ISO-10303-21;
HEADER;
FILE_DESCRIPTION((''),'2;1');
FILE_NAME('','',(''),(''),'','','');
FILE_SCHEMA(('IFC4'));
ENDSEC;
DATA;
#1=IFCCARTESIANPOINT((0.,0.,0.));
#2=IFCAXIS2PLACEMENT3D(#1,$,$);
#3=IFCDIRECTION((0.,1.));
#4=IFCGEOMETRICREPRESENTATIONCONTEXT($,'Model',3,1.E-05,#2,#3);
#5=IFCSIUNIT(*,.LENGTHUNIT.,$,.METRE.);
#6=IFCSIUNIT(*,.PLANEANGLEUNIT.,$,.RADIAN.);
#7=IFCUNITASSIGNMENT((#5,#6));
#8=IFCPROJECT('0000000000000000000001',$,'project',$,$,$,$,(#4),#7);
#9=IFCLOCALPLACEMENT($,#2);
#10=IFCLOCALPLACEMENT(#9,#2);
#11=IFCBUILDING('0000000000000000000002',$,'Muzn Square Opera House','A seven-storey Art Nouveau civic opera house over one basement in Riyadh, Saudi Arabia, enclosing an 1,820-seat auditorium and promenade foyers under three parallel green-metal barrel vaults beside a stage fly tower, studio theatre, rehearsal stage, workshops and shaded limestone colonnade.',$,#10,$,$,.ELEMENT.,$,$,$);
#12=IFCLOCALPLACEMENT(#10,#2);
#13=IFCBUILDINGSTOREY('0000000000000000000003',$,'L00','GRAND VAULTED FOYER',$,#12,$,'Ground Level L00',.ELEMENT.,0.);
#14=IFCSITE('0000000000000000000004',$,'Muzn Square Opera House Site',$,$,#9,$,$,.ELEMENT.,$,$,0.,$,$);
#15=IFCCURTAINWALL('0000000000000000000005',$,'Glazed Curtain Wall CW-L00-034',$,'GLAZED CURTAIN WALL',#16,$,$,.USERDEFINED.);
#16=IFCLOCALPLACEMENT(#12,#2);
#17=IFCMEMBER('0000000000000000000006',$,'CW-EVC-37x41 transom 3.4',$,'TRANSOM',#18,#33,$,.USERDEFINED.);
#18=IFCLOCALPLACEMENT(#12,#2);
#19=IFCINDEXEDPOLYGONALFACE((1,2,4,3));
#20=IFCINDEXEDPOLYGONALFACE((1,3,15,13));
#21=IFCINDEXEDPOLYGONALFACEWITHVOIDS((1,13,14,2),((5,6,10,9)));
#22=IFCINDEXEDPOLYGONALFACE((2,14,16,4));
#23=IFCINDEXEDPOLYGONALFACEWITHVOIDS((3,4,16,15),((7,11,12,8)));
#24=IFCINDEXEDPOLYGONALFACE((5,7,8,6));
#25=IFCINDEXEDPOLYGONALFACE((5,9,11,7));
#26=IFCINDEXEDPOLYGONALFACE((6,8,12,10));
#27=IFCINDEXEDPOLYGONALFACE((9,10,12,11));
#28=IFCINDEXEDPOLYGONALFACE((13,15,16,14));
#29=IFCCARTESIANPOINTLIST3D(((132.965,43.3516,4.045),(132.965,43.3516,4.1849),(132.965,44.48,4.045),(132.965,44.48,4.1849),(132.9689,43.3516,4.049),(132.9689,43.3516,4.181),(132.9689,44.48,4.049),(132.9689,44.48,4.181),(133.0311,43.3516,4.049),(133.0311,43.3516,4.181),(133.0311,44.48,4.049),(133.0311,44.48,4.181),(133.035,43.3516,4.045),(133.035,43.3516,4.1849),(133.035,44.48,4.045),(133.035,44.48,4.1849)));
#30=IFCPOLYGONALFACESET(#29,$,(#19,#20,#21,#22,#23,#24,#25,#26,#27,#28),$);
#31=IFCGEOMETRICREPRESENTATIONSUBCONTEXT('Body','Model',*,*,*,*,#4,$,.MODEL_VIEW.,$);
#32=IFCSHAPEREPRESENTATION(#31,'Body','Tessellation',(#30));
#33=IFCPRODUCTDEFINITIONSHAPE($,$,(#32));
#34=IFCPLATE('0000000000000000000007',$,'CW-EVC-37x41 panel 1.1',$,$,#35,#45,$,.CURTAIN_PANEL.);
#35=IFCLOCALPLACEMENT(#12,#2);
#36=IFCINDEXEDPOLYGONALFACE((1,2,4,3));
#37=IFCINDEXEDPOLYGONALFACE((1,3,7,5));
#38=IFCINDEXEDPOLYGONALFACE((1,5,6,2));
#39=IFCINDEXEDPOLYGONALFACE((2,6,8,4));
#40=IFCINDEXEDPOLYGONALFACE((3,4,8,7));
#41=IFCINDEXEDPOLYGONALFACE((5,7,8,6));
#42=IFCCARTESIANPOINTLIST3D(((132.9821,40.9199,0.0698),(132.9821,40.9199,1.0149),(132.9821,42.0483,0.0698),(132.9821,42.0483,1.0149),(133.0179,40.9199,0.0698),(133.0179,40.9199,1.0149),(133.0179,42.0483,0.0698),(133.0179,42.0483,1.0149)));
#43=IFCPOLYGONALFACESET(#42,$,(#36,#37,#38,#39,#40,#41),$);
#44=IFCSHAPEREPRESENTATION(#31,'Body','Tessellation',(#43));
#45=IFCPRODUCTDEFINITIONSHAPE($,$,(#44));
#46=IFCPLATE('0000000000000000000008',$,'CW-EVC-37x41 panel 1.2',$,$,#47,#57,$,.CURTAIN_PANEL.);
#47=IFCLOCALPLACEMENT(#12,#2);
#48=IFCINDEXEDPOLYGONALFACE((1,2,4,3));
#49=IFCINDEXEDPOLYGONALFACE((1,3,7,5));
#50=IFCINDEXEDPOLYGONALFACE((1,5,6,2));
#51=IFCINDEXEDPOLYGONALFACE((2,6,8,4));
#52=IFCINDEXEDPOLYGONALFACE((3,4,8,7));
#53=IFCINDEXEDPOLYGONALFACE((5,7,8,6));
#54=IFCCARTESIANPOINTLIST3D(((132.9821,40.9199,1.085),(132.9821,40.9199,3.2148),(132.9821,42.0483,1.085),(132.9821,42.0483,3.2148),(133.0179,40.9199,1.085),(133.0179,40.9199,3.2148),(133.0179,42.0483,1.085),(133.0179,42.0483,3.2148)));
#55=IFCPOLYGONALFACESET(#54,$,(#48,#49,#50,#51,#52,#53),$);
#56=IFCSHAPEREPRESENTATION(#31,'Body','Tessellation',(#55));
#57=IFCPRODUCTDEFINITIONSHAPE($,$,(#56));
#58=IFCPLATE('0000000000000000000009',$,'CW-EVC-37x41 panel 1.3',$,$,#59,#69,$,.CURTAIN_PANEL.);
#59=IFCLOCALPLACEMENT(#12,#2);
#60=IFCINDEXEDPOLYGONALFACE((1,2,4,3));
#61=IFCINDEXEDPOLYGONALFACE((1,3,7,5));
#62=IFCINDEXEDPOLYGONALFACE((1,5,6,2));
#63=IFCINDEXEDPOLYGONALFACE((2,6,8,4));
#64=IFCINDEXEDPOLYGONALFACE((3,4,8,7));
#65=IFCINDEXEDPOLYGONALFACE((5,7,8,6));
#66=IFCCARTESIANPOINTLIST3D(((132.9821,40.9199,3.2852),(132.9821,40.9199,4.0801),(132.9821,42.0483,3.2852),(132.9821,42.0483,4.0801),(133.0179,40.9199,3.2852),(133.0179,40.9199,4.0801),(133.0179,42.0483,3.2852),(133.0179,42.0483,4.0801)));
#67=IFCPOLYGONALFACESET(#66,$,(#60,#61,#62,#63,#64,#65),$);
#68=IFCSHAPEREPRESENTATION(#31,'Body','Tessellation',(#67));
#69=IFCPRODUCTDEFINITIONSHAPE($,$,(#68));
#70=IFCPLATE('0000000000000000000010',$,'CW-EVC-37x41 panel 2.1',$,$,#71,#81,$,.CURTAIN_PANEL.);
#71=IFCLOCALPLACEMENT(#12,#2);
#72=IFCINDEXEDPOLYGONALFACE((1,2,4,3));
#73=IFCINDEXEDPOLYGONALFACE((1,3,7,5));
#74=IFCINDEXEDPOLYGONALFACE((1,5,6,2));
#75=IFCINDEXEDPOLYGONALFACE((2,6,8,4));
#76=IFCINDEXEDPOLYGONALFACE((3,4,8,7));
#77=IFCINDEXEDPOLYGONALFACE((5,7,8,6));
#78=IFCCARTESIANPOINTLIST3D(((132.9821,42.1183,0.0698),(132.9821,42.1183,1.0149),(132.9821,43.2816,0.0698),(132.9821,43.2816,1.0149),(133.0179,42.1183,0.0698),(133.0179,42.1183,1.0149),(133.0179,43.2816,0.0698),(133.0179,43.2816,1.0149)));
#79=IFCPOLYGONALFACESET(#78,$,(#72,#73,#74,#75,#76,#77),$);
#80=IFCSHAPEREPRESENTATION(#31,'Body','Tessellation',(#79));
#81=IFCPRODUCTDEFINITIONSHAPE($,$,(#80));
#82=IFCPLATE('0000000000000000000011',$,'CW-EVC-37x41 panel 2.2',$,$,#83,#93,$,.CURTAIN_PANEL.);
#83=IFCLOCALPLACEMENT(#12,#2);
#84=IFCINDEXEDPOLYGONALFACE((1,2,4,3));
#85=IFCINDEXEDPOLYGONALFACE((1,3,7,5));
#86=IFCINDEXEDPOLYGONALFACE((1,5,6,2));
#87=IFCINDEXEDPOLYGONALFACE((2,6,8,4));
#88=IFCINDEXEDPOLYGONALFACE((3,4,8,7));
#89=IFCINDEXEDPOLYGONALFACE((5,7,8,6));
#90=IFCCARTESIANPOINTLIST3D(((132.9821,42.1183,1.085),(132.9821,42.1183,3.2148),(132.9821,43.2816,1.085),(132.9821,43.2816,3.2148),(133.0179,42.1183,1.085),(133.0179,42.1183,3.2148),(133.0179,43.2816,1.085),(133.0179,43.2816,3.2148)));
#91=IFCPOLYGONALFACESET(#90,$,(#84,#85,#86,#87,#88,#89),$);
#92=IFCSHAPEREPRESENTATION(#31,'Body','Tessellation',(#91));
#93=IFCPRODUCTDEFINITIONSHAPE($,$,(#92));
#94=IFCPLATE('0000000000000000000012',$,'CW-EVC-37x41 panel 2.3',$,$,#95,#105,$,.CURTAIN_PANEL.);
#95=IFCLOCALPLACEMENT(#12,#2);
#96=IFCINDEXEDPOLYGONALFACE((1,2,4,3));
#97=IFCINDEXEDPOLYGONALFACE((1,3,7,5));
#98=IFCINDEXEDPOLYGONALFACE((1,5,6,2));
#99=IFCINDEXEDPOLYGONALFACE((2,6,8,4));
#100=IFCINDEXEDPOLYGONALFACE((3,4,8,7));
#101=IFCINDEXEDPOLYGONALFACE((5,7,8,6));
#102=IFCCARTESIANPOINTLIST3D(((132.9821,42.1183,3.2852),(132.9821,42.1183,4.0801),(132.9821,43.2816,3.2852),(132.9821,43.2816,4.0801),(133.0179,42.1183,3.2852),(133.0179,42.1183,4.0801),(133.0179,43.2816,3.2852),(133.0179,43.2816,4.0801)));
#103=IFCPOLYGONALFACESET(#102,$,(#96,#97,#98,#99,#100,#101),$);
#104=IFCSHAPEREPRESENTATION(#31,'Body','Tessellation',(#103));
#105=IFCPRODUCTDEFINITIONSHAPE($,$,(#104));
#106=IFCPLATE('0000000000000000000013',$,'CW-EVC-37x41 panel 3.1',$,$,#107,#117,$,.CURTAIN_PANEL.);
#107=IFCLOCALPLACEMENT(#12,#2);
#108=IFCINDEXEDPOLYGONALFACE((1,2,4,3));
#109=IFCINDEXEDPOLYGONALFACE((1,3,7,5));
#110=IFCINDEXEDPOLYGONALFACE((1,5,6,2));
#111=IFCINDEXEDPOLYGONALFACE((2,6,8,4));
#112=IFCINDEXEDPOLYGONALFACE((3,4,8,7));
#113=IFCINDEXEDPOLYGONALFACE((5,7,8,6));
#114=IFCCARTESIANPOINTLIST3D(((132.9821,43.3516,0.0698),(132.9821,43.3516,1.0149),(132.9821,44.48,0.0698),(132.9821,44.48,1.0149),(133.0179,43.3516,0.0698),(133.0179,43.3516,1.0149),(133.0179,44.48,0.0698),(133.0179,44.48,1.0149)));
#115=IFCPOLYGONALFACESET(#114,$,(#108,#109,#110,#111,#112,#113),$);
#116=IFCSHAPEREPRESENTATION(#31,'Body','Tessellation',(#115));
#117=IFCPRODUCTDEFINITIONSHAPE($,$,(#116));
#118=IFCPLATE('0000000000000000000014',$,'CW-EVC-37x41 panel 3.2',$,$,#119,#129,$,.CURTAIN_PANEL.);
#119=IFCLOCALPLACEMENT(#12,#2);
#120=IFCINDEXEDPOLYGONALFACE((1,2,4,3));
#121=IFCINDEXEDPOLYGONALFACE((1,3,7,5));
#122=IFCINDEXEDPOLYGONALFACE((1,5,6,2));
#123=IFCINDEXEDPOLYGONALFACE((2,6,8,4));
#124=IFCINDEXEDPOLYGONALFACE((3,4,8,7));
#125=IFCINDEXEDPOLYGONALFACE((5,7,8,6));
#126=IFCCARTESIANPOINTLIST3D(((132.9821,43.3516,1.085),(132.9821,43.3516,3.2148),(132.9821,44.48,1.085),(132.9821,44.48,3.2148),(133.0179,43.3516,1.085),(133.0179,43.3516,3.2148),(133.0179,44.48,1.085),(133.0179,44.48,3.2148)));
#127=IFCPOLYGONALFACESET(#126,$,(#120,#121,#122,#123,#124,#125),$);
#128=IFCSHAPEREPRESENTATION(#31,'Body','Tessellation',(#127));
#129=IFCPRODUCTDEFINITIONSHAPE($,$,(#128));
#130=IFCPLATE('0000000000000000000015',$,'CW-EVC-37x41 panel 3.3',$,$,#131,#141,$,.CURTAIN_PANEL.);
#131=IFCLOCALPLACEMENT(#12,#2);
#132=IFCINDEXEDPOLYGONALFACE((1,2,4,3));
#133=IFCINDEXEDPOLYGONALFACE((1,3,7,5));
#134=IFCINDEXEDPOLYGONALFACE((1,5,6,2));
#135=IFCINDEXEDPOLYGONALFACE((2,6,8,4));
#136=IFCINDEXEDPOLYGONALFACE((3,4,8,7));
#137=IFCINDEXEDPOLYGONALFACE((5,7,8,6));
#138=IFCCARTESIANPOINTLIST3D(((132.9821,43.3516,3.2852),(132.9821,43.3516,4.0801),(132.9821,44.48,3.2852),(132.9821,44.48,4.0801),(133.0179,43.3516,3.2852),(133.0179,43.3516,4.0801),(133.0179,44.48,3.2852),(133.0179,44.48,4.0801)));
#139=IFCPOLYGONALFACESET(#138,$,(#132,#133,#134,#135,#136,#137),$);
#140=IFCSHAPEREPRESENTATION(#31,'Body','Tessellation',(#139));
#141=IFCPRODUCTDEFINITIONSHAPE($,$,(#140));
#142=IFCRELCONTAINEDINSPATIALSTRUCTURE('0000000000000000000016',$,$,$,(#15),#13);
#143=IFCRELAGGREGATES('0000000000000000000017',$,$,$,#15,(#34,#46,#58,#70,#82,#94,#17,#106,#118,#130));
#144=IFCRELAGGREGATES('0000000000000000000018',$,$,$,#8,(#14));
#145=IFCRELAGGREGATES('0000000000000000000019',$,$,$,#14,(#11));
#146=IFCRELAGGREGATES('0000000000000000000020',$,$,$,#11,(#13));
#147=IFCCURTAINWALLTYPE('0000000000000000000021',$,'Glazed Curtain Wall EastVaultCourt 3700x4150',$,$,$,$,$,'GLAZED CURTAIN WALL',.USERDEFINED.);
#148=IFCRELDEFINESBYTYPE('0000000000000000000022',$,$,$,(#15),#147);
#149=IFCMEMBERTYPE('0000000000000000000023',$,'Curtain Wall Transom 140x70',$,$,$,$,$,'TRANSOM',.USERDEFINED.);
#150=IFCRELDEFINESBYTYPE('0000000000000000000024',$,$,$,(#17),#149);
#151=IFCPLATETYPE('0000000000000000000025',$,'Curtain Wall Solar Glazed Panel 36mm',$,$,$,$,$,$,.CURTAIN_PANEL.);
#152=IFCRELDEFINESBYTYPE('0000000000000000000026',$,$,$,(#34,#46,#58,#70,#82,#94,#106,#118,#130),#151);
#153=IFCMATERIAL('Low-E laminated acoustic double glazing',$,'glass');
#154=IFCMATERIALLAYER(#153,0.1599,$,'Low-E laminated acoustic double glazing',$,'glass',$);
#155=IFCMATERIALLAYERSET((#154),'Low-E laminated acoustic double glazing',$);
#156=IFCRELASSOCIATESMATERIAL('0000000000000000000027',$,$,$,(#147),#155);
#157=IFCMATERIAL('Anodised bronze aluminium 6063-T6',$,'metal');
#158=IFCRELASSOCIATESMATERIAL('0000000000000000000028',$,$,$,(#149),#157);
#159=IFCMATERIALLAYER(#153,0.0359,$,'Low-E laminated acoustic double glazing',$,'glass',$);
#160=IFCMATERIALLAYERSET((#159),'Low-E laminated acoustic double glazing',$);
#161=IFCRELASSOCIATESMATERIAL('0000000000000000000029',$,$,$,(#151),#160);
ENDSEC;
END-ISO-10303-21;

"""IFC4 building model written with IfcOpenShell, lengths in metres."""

from ifc_helpers import new_model, si_unit, direction, frame, origin, origin_2d, place, context, subcontext, project, spatial, rectangle, hollow_rectangle, extrude, material, layer, layer_set, material_profile, profile_set, type_object, element, aggregate, save


model = new_model("IFC4")

# Units and contexts
model_context = context("Model", 3, precision=1e-05, world=origin(), true_north=direction((0.0, 1.0)))
body_context = subcontext(model_context, "Body", "Model", "MODEL_VIEW")
ifc_project = project(units=[si_unit("LENGTHUNIT", "METRE"), si_unit("PLANEANGLEUNIT", "RADIAN")], contexts=[model_context])

# Site, building, storey
site_placement = place(None, origin())
site = spatial("IfcSite", under=ifc_project, at=site_placement, Name="Muzn Square Opera House Site", CompositionType="ELEMENT", RefElevation=0.0)
building_placement = place(site_placement, origin())
building = spatial("IfcBuilding", under=site, at=building_placement, Name="Muzn Square Opera House", Description="A seven-storey Art Nouveau civic opera house over one basement in Riyadh, Saudi Arabia, enclosing an 1,820-seat auditorium and promenade foyers under three parallel green-metal barrel vaults beside a stage fly tower, studio theatre, rehearsal stage, workshops and shaded limestone colonnade.", CompositionType="ELEMENT")
storey_placement = place(building_placement, origin())
storey = spatial("IfcBuildingStorey", under=building, at=storey_placement, Name="L00", Description="GRAND VAULTED FOYER", LongName="Ground Level L00", CompositionType="ELEMENT", Elevation=0.0)

# Curtain wall, member, plates
ifc_material_1 = material(Name="Low-E laminated acoustic double glazing", Category="glass")
ifc_layer_1 = layer(ifc_material_1, 0.1599, Name="Low-E laminated acoustic double glazing", Category="glass")
ifc_layer_set_1 = layer_set([ifc_layer_1], Name="Low-E laminated acoustic double glazing")
curtain_wall_type = type_object("IfcCurtainWallType", Name="Glazed Curtain Wall EastVaultCourt 3700x4150", ElementType="GLAZED CURTAIN WALL", PredefinedType="USERDEFINED", material=ifc_layer_set_1)
curtain_wall_placement = place(storey_placement, origin())
curtain_wall = element("IfcCurtainWall", 1, at=curtain_wall_placement, inside=storey, type_object=curtain_wall_type, Name="Glazed Curtain Wall CW-L00-034", ObjectType="GLAZED CURTAIN WALL", PredefinedType="USERDEFINED")
ifc_material_2 = material(Name="Anodised bronze aluminium 6063-T6", Category="metal")
ifc_material_profile_1 = material_profile(ifc_material_2, hollow_rectangle(XDim=0.0701, YDim=0.1399, WallThickness=0.0039, at=origin_2d()), Name="ALU 140x70x4", Category="metal")
ifc_profile_set_1 = profile_set([ifc_material_profile_1], Name="Anodised bronze aluminium 6063-T6")
member_type_1 = type_object("IfcMemberType", Name="Curtain Wall Transom 140x70", ElementType="TRANSOM", PredefinedType="USERDEFINED", material=ifc_profile_set_1)
member_1_placement = place(storey_placement, frame((133.0, 43.3516, 4.115), z_axis=(0.0, 1.0, 0.0), x_axis=(-1.0, 0.0, 0.0)))
member_1 = element("IfcMember", 2, at=member_1_placement, type_object=member_type_1, Name="CW-EVC-37x41 transom 3.4", ObjectType="TRANSOM", PredefinedType="USERDEFINED", context=body_context, shape_type="SweptSolid", body=[
    extrude(hollow_rectangle(XDim=0.0701, YDim=0.1399, WallThickness=0.0039, at=origin_2d()), origin(), (0.0, 0.0, 1.0), 1.1284),
])
ifc_layer_2 = layer(ifc_material_1, 0.0359, Name="Low-E laminated acoustic double glazing", Category="glass")
ifc_layer_set_2 = layer_set([ifc_layer_2], Name="Low-E laminated acoustic double glazing")
plate_type = type_object("IfcPlateType", Name="Curtain Wall Solar Glazed Panel 36mm", PredefinedType="CURTAIN_PANEL", material=ifc_layer_set_2)
plate_1_placement = place(storey_placement, frame((133.0, 41.4841, 0.0698), z_axis=(0.0, 0.0, 1.0), x_axis=(0.0, 1.0, 0.0)))
plate_1 = element("IfcPlate", 3, at=plate_1_placement, type_object=plate_type, Name="CW-EVC-37x41 panel 1.1", PredefinedType="CURTAIN_PANEL", context=body_context, shape_type="SweptSolid", body=[
    extrude(rectangle(XDim=1.1284, YDim=0.0359, at=origin_2d()), origin(), (0.0, 0.0, 1.0), 0.9451),
])
plate_2_placement = place(storey_placement, frame((133.0, 41.4841, 1.085), z_axis=(0.0, 0.0, 1.0), x_axis=(0.0, 1.0, 0.0)))
plate_2 = element("IfcPlate", 4, at=plate_2_placement, type_object=plate_type, Name="CW-EVC-37x41 panel 1.2", PredefinedType="CURTAIN_PANEL", context=body_context, shape_type="SweptSolid", body=[
    extrude(rectangle(XDim=1.1284, YDim=0.0359, at=origin_2d()), origin(), (0.0, 0.0, 1.0), 2.1299),
])
plate_3_placement = place(storey_placement, frame((133.0, 41.4841, 3.2852), z_axis=(0.0, 0.0, 1.0), x_axis=(0.0, 1.0, 0.0)))
plate_3 = element("IfcPlate", 5, at=plate_3_placement, type_object=plate_type, Name="CW-EVC-37x41 panel 1.3", PredefinedType="CURTAIN_PANEL", context=body_context, shape_type="SweptSolid", body=[
    extrude(rectangle(XDim=1.1284, YDim=0.0359, at=origin_2d()), origin(), (0.0, 0.0, 1.0), 0.7949),
])
plate_4_placement = place(storey_placement, frame((133.0, 42.7, 0.0698), z_axis=(0.0, 0.0, 1.0), x_axis=(0.0, 1.0, 0.0)))
plate_4 = element("IfcPlate", 6, at=plate_4_placement, type_object=plate_type, Name="CW-EVC-37x41 panel 2.1", PredefinedType="CURTAIN_PANEL", context=body_context, shape_type="SweptSolid", body=[
    extrude(rectangle(XDim=1.1633, YDim=0.0359, at=origin_2d()), origin(), (0.0, 0.0, 1.0), 0.9451),
])
plate_5_placement = place(storey_placement, frame((133.0, 42.7, 1.085), z_axis=(0.0, 0.0, 1.0), x_axis=(0.0, 1.0, 0.0)))
plate_5 = element("IfcPlate", 7, at=plate_5_placement, type_object=plate_type, Name="CW-EVC-37x41 panel 2.2", PredefinedType="CURTAIN_PANEL", context=body_context, shape_type="SweptSolid", body=[
    extrude(rectangle(XDim=1.1633, YDim=0.0359, at=origin_2d()), origin(), (0.0, 0.0, 1.0), 2.1299),
])
plate_6_placement = place(storey_placement, frame((133.0, 42.7, 3.2852), z_axis=(0.0, 0.0, 1.0), x_axis=(0.0, 1.0, 0.0)))
plate_6 = element("IfcPlate", 8, at=plate_6_placement, type_object=plate_type, Name="CW-EVC-37x41 panel 2.3", PredefinedType="CURTAIN_PANEL", context=body_context, shape_type="SweptSolid", body=[
    extrude(rectangle(XDim=1.1633, YDim=0.0359, at=origin_2d()), origin(), (0.0, 0.0, 1.0), 0.7949),
])
plate_7_placement = place(storey_placement, frame((133.0, 43.9158, 0.0698), z_axis=(0.0, 0.0, 1.0), x_axis=(0.0, 1.0, 0.0)))
plate_7 = element("IfcPlate", 9, at=plate_7_placement, type_object=plate_type, Name="CW-EVC-37x41 panel 3.1", PredefinedType="CURTAIN_PANEL", context=body_context, shape_type="SweptSolid", body=[
    extrude(rectangle(XDim=1.1284, YDim=0.0359, at=origin_2d()), origin(), (0.0, 0.0, 1.0), 0.9451),
])
plate_8_placement = place(storey_placement, frame((133.0, 43.9158, 1.085), z_axis=(0.0, 0.0, 1.0), x_axis=(0.0, 1.0, 0.0)))
plate_8 = element("IfcPlate", 10, at=plate_8_placement, type_object=plate_type, Name="CW-EVC-37x41 panel 3.2", PredefinedType="CURTAIN_PANEL", context=body_context, shape_type="SweptSolid", body=[
    extrude(rectangle(XDim=1.1284, YDim=0.0359, at=origin_2d()), origin(), (0.0, 0.0, 1.0), 2.1299),
])
plate_9_placement = place(storey_placement, frame((133.0, 43.9158, 3.2852), z_axis=(0.0, 0.0, 1.0), x_axis=(0.0, 1.0, 0.0)))
plate_9 = element("IfcPlate", 11, at=plate_9_placement, type_object=plate_type, Name="CW-EVC-37x41 panel 3.3", PredefinedType="CURTAIN_PANEL", context=body_context, shape_type="SweptSolid", body=[
    extrude(rectangle(XDim=1.1284, YDim=0.0359, at=origin_2d()), origin(), (0.0, 0.0, 1.0), 0.7949),
])
aggregate(curtain_wall, [plate_1, plate_2, plate_3, plate_4, plate_5, plate_6, member_1, plate_7, plate_8, plate_9])

save(model, "model.ifc")
